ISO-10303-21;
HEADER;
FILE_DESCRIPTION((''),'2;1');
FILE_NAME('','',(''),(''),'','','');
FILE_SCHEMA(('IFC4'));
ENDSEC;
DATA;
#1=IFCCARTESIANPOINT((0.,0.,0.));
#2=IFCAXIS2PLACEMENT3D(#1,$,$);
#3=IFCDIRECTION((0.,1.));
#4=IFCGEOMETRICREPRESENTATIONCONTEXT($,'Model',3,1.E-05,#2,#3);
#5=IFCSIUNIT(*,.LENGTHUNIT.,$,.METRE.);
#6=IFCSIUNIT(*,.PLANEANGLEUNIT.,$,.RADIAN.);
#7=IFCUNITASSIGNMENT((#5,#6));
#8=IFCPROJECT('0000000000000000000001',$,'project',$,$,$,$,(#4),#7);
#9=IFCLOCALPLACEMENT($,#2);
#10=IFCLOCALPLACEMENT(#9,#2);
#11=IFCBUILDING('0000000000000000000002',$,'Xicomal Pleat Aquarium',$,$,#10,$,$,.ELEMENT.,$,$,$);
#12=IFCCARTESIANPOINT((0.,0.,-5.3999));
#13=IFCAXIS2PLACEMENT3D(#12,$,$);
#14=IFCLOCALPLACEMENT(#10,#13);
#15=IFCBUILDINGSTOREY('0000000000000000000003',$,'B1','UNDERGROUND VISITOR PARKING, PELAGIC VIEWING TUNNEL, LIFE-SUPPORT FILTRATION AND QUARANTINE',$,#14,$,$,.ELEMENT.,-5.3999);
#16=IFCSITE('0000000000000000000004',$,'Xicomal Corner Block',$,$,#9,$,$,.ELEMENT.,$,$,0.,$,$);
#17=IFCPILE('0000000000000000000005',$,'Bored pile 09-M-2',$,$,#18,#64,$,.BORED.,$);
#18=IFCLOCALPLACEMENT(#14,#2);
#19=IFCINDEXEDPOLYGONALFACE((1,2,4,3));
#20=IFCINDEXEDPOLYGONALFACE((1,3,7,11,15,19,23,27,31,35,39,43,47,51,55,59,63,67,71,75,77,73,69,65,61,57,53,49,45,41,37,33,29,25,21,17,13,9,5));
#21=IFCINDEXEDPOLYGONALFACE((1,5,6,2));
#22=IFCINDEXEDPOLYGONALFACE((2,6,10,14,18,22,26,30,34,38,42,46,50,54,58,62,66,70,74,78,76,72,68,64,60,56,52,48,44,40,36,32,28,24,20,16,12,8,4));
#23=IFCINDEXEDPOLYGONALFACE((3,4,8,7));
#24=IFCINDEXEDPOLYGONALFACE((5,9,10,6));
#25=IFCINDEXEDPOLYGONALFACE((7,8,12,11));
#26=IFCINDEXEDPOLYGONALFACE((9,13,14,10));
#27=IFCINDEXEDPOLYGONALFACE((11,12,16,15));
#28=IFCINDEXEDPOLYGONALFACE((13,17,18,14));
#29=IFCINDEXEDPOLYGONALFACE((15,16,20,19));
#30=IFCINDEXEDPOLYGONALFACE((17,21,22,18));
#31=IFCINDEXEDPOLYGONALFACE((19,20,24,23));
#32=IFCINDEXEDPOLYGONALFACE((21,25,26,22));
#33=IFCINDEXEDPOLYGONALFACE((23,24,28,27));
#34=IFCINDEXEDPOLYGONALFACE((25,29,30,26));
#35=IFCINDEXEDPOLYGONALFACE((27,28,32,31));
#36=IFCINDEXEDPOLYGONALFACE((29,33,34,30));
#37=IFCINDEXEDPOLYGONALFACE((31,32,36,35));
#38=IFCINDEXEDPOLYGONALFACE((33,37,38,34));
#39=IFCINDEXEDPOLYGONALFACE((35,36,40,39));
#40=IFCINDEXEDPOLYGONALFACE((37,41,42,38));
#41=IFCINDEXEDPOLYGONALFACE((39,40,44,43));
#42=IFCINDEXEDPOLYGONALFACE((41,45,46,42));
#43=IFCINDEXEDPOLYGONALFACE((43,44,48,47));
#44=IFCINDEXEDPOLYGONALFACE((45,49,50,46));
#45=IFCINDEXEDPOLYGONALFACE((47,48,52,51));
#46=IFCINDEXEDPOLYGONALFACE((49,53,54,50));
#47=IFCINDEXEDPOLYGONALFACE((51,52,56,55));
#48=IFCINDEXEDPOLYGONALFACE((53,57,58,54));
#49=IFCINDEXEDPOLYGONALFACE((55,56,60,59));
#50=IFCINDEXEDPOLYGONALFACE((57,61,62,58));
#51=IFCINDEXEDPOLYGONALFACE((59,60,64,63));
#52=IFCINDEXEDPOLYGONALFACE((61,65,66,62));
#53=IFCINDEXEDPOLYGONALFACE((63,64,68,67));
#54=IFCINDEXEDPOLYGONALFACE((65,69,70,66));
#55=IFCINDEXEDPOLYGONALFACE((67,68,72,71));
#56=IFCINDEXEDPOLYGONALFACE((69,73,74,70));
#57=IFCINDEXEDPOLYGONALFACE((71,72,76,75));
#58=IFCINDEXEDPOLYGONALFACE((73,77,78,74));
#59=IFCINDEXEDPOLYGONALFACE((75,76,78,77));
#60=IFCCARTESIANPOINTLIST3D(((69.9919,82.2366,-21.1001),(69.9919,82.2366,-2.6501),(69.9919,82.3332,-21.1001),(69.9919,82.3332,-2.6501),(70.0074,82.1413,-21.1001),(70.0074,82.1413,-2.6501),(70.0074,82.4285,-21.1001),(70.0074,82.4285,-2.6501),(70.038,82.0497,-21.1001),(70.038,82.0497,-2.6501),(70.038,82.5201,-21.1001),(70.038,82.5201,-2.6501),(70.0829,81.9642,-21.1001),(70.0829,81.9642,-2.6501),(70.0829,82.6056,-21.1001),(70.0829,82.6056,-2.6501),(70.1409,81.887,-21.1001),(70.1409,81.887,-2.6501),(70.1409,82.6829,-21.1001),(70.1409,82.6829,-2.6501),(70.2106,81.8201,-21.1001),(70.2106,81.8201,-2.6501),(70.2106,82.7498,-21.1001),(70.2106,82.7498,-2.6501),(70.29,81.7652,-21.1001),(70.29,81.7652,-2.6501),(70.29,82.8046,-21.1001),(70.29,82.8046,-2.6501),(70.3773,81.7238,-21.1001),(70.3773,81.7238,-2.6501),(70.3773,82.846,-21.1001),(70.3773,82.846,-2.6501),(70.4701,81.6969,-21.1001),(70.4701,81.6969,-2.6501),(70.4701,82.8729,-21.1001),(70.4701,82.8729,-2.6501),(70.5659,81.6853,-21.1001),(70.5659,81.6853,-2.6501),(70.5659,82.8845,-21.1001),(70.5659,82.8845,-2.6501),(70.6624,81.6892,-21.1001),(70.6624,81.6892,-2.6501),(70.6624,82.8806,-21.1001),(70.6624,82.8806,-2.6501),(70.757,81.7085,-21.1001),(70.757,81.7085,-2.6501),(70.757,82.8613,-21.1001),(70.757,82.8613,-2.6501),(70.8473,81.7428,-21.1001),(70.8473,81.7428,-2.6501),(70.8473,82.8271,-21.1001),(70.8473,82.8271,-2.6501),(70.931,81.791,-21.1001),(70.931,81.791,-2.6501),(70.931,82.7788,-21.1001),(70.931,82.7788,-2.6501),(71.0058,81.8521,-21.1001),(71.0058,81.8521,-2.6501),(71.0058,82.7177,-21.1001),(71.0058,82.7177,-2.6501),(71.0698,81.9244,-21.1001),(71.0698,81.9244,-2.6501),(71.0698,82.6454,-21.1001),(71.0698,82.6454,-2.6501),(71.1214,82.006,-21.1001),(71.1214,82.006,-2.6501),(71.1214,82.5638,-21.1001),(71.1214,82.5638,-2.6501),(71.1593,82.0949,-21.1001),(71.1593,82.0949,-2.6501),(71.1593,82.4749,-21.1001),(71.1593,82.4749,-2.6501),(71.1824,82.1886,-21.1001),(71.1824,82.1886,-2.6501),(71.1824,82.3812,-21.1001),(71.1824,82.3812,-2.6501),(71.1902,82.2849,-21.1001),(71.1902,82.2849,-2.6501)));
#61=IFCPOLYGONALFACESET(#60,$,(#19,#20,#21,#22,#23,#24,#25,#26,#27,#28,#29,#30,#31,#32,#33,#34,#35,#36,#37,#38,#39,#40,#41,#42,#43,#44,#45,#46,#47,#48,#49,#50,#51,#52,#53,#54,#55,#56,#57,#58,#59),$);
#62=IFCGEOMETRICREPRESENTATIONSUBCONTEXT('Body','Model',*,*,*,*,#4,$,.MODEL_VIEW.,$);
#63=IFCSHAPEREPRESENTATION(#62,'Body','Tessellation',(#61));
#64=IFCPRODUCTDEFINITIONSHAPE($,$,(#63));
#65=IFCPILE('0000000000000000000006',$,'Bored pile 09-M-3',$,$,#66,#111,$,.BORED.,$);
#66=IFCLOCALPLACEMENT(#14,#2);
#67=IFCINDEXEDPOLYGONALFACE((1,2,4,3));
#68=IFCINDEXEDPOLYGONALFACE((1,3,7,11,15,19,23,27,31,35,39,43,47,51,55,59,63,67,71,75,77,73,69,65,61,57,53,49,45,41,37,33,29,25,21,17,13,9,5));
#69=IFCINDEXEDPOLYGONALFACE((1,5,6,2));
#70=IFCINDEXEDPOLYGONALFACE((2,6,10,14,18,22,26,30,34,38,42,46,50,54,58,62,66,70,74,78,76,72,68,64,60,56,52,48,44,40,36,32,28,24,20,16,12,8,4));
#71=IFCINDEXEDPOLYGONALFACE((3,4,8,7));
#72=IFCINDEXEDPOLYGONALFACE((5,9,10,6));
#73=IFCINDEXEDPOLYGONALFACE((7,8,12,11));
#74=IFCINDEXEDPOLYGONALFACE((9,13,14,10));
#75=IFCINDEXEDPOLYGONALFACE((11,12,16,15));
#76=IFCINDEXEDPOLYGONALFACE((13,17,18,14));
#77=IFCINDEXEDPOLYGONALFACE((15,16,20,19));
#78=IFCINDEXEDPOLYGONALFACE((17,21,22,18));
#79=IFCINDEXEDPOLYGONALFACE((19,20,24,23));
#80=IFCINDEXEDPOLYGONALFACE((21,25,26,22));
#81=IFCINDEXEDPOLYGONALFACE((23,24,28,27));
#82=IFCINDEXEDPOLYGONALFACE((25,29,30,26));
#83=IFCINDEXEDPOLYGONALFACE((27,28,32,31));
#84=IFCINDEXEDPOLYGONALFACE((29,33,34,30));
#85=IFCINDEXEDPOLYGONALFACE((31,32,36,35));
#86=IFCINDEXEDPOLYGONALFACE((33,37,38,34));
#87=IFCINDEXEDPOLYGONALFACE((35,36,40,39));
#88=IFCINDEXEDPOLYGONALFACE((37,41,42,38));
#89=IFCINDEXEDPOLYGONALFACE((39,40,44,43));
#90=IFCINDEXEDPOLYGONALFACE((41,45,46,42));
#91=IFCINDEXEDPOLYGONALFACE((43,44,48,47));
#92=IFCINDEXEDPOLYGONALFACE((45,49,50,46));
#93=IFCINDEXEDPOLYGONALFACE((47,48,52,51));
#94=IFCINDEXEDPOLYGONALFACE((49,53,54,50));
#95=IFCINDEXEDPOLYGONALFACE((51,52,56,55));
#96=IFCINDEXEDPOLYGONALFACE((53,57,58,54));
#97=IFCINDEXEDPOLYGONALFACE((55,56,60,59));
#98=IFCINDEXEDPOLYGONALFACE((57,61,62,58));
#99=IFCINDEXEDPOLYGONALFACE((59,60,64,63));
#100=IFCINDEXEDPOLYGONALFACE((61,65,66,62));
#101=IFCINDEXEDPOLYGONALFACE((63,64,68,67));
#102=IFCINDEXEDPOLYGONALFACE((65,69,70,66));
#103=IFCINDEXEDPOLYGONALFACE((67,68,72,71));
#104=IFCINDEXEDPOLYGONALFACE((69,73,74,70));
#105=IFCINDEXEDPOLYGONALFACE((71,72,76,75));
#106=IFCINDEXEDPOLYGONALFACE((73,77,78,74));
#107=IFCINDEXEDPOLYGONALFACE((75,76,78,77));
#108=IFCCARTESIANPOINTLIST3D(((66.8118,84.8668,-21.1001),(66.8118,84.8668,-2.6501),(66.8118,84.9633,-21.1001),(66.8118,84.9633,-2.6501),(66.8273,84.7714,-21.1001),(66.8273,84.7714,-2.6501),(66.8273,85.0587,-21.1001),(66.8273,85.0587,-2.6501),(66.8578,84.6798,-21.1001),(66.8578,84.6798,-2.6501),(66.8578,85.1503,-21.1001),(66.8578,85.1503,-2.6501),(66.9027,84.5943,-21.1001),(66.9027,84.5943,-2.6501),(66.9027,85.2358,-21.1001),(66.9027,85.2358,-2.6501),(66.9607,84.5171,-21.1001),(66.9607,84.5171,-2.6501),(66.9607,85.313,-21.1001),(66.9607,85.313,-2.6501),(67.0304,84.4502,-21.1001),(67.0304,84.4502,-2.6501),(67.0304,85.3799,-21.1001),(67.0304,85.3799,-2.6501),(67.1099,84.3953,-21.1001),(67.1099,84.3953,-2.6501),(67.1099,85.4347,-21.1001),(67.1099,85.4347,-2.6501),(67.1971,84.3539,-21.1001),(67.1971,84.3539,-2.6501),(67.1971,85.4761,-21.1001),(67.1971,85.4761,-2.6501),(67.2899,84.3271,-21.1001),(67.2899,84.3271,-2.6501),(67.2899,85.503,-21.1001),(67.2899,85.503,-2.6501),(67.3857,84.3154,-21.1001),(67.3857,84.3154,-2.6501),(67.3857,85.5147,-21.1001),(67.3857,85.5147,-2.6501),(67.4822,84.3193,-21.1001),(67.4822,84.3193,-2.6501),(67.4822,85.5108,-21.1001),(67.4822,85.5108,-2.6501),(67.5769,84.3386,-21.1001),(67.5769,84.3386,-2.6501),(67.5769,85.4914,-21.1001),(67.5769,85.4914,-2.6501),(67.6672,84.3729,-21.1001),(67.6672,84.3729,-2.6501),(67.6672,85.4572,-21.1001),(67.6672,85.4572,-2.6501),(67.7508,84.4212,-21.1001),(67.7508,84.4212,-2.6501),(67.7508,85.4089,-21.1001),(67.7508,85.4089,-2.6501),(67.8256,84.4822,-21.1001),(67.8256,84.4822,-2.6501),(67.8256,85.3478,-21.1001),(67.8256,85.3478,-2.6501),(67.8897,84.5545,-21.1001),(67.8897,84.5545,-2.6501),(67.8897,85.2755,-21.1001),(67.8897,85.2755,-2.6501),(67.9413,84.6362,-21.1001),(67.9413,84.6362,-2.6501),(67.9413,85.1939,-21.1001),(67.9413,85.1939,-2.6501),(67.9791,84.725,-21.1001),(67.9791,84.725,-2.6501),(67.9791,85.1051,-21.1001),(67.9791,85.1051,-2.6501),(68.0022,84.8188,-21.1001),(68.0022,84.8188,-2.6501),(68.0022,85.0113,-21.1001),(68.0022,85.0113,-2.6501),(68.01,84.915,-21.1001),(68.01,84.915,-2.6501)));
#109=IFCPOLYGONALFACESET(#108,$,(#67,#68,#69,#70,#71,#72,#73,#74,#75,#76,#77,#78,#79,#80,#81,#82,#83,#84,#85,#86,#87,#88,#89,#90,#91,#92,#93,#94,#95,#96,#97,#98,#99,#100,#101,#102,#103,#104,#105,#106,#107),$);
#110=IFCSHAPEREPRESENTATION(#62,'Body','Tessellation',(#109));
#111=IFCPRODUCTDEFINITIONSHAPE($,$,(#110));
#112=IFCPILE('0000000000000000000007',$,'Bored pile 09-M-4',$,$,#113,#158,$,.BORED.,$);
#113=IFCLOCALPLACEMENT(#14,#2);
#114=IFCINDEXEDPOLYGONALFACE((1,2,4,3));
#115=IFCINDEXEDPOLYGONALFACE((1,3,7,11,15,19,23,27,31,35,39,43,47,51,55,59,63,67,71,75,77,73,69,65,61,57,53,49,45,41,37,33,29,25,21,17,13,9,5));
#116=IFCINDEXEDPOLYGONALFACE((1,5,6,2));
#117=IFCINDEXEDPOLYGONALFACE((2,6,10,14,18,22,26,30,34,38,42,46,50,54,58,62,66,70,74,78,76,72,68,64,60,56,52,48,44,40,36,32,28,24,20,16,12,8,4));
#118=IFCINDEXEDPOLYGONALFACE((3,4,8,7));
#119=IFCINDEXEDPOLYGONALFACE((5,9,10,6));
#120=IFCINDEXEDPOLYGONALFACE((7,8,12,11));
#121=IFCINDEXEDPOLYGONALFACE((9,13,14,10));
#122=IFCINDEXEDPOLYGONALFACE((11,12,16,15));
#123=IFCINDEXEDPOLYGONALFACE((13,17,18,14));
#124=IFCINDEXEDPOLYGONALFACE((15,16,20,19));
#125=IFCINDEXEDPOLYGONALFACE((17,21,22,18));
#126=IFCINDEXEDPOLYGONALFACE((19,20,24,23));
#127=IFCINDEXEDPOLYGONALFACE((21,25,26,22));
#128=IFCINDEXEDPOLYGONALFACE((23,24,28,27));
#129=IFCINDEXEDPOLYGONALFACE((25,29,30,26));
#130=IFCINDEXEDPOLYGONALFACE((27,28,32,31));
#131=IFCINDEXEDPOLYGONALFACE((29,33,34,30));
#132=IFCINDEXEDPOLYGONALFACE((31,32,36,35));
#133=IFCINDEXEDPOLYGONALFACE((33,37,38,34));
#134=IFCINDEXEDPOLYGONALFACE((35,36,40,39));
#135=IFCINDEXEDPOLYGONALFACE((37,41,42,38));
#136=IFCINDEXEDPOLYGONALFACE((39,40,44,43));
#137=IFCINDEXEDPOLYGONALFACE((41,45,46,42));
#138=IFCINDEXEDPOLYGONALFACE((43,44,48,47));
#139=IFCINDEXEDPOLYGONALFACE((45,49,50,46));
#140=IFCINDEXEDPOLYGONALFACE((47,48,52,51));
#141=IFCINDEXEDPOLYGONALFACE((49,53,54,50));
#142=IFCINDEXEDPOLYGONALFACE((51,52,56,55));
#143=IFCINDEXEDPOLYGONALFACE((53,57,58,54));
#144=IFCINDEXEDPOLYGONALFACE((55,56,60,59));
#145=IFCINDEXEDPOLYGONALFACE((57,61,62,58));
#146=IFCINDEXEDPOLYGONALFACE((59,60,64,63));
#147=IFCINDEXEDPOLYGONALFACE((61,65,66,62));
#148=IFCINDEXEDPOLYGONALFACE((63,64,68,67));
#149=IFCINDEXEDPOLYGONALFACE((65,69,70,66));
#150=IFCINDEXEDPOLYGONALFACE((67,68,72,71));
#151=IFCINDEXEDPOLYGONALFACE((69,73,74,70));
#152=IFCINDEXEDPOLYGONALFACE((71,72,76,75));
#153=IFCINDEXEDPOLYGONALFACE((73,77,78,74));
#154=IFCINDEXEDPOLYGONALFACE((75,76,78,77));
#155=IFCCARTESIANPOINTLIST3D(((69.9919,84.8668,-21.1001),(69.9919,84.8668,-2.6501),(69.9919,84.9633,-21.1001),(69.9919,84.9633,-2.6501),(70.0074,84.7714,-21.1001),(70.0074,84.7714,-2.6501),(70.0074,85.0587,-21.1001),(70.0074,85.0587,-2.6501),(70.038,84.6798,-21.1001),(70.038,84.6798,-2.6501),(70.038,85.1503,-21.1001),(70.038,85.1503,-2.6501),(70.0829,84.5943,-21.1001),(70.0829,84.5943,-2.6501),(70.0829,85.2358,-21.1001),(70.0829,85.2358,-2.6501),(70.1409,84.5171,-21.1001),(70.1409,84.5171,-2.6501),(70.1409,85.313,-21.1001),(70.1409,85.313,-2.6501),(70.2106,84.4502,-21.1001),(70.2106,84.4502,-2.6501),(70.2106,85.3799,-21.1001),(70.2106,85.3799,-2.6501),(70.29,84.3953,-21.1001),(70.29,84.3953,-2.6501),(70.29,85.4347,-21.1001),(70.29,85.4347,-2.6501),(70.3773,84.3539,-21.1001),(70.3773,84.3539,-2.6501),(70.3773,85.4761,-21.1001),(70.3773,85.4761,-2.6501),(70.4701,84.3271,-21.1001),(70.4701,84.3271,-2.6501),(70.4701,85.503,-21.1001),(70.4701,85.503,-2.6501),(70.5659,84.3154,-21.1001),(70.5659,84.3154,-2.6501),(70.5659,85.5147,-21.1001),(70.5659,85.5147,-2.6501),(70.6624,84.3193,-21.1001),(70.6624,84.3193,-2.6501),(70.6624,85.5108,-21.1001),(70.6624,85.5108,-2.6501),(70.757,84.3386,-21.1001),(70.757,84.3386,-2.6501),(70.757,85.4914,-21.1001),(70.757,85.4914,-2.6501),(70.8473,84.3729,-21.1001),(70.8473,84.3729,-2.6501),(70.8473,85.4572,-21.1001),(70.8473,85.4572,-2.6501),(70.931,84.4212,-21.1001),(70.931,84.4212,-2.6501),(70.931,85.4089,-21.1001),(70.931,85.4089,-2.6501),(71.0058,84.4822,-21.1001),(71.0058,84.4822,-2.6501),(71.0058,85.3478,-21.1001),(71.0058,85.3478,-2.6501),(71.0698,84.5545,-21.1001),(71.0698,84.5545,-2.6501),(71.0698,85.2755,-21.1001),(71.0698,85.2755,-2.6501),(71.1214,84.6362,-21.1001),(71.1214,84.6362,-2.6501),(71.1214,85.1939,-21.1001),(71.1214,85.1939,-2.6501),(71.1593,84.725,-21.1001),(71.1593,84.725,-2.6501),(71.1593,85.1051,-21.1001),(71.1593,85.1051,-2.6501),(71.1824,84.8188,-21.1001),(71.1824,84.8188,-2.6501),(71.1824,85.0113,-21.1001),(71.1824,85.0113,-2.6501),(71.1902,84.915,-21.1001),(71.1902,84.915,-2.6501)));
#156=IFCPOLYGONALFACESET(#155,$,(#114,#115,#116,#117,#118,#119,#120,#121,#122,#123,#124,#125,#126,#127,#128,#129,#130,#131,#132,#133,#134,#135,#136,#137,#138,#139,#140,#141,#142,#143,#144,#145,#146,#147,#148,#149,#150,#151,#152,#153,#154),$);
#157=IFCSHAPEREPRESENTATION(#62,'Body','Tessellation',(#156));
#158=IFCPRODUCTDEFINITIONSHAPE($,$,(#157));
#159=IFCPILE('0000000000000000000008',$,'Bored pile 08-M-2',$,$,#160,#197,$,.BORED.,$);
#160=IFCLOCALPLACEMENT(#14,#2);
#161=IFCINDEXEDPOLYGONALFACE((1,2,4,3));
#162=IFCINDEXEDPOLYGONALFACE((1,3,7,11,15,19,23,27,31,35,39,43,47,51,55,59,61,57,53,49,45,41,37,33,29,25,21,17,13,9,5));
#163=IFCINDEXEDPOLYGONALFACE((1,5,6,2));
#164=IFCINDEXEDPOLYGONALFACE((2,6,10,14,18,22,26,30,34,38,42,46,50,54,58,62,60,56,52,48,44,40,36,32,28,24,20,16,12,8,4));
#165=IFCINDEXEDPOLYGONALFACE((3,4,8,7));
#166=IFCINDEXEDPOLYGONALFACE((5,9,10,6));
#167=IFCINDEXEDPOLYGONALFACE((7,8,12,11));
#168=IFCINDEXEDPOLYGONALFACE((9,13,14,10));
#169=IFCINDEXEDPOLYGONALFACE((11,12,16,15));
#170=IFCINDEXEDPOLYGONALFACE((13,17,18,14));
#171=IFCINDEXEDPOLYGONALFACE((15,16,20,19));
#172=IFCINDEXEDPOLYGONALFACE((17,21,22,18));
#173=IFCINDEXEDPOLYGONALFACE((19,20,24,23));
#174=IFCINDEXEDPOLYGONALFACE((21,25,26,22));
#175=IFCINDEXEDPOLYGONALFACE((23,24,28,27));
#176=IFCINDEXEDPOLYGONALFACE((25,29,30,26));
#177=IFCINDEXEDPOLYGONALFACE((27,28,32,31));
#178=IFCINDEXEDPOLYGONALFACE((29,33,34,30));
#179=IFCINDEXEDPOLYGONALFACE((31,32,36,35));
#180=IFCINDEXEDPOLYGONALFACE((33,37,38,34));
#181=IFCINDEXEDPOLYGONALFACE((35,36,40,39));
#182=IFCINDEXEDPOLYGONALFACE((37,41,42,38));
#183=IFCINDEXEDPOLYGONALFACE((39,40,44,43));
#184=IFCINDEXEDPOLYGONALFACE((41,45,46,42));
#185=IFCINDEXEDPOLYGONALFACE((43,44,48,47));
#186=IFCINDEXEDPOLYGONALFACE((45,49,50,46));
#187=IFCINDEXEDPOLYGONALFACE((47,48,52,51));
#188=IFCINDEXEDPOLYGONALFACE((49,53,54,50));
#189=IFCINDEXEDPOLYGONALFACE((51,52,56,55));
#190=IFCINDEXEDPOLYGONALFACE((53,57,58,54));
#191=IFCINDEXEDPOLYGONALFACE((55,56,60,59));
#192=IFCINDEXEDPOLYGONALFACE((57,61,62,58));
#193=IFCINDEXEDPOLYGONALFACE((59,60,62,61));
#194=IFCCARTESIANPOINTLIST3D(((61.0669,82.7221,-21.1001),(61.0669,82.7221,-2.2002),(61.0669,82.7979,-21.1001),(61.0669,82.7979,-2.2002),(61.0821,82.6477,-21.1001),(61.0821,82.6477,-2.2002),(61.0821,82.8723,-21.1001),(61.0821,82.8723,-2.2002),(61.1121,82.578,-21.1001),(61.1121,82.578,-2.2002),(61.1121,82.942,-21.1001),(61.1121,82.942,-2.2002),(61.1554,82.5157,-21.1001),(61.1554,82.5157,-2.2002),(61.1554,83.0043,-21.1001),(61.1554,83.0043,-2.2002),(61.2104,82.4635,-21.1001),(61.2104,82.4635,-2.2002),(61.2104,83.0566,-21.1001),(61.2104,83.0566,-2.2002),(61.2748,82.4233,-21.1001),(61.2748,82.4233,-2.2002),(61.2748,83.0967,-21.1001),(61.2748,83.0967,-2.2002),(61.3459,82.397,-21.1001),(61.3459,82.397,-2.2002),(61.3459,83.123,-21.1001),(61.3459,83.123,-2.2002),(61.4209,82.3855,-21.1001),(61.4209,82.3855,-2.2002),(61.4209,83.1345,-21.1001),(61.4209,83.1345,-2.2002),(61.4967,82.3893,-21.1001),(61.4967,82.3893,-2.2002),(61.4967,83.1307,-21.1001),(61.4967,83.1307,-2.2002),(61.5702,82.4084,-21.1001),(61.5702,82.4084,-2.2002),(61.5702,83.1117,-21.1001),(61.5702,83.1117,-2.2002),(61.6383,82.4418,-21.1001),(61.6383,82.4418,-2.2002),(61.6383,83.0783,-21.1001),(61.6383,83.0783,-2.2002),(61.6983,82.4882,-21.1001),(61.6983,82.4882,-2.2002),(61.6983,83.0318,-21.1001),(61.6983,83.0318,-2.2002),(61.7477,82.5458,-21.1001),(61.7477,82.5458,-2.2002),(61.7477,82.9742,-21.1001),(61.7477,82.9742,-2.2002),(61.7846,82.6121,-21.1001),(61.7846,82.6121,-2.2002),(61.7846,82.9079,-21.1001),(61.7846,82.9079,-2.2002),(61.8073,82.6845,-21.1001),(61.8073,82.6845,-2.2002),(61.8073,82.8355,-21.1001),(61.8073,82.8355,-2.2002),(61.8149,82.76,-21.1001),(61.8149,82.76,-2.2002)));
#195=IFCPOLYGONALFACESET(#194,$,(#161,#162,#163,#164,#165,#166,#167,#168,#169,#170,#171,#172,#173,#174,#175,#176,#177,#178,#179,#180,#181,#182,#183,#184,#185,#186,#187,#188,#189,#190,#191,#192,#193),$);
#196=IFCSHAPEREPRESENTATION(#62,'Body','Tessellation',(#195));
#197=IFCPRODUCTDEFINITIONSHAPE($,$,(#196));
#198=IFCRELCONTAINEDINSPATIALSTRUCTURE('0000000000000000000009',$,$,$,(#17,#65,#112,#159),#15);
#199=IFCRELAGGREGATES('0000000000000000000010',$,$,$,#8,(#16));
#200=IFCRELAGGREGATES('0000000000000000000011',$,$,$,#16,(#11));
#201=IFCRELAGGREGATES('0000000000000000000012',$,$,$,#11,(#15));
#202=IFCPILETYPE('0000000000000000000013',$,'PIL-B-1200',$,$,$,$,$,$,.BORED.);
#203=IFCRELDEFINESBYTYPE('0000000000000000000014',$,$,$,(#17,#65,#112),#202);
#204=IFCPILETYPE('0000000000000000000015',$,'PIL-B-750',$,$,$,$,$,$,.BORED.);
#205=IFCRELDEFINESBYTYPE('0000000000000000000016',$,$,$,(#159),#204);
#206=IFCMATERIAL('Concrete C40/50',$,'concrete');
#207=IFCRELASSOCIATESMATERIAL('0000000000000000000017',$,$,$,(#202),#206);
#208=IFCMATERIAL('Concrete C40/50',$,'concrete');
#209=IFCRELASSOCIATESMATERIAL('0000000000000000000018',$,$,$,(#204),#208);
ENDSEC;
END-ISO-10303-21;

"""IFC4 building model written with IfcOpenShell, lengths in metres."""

from ifc_helpers import new_model, si_unit, direction, frame, origin, origin_2d, place, context, subcontext, project, spatial, circle, extrude, material, material_profile, profile_set, type_object, element, save


model = new_model("IFC4")

# Units and contexts
model_context = context("Model", 3, precision=1e-05, world=origin(), true_north=direction((0.0, 1.0)))
body_context = subcontext(model_context, "Body", "Model", "MODEL_VIEW")
ifc_project = project(units=[si_unit("LENGTHUNIT", "METRE"), si_unit("PLANEANGLEUNIT", "RADIAN")], contexts=[model_context])

# Site, building, storey
site_placement = place(None, origin())
site = spatial("IfcSite", under=ifc_project, at=site_placement, Name="Xicomal Corner Block", CompositionType="ELEMENT", RefElevation=0.0)
building_placement = place(site_placement, origin())
building = spatial("IfcBuilding", under=site, at=building_placement, Name="Xicomal Pleat Aquarium", CompositionType="ELEMENT")
storey_placement = place(building_placement, frame((0.0, 0.0, -5.3999)))
storey = spatial("IfcBuildingStorey", under=building, at=storey_placement, Name="B1", Description="UNDERGROUND VISITOR PARKING, PELAGIC VIEWING TUNNEL, LIFE-SUPPORT FILTRATION AND QUARANTINE", CompositionType="ELEMENT", Elevation=-5.3999)

# Piles
ifc_material_1 = material(Name="Concrete C40/50", Category="concrete")
ifc_material_profile_1 = material_profile(ifc_material_1, circle(Radius=0.6001, at=origin_2d()), Name="BORED PILE D1200")
ifc_profile_set_1 = profile_set([ifc_material_profile_1], Name="Concrete C40/50")
pile_type_1 = type_object("IfcPileType", Name="PIL-B-1200", PredefinedType="BORED", material=ifc_profile_set_1)
for number, where, z_axis, x_axis, name in (
    (1, (70.5901, 82.2849, -2.6501), (0.0, 0.0, -1.0), (1.0, 0.0, 0.0), "Bored pile 09-M-2"),
    (2, (67.4099, 84.915, -2.6501), (0.0, 0.0, -1.0), (1.0, 0.0, 0.0), "Bored pile 09-M-3"),
    (3, (70.5901, 84.915, -2.6501), (0.0, 0.0, -1.0), (1.0, 0.0, 0.0), "Bored pile 09-M-4"),
):
    element("IfcPile", number, at=place(storey_placement, frame(where, z_axis=z_axis, x_axis=x_axis)), inside=storey, type_object=pile_type_1, Name=name, PredefinedType="BORED", context=body_context, shape_type="SweptSolid", body=[
        extrude(circle(Radius=0.6001, at=origin_2d()), origin(), (0.0, 0.0, 1.0), 18.45),
    ])
ifc_material_2 = material(Name="Concrete C40/50", Category="concrete")
ifc_material_profile_2 = material_profile(ifc_material_2, circle(Radius=0.375, at=origin_2d()), Name="BORED PILE D750")
ifc_profile_set_2 = profile_set([ifc_material_profile_2], Name="Concrete C40/50")
pile_type_2 = type_object("IfcPileType", Name="PIL-B-750", PredefinedType="BORED", material=ifc_profile_set_2)
for number, where, z_axis, x_axis, name in (
    (4, (61.4399, 82.76, -2.2002), (0.0, 0.0, -1.0), (1.0, 0.0, 0.0), "Bored pile 08-M-2"),
):
    element("IfcPile", number, at=place(storey_placement, frame(where, z_axis=z_axis, x_axis=x_axis)), inside=storey, type_object=pile_type_2, Name=name, PredefinedType="BORED", context=body_context, shape_type="SweptSolid", body=[
        extrude(circle(Radius=0.375, at=origin_2d()), origin(), (0.0, 0.0, 1.0), 18.8999),
    ])

save(model, "model.ifc")
